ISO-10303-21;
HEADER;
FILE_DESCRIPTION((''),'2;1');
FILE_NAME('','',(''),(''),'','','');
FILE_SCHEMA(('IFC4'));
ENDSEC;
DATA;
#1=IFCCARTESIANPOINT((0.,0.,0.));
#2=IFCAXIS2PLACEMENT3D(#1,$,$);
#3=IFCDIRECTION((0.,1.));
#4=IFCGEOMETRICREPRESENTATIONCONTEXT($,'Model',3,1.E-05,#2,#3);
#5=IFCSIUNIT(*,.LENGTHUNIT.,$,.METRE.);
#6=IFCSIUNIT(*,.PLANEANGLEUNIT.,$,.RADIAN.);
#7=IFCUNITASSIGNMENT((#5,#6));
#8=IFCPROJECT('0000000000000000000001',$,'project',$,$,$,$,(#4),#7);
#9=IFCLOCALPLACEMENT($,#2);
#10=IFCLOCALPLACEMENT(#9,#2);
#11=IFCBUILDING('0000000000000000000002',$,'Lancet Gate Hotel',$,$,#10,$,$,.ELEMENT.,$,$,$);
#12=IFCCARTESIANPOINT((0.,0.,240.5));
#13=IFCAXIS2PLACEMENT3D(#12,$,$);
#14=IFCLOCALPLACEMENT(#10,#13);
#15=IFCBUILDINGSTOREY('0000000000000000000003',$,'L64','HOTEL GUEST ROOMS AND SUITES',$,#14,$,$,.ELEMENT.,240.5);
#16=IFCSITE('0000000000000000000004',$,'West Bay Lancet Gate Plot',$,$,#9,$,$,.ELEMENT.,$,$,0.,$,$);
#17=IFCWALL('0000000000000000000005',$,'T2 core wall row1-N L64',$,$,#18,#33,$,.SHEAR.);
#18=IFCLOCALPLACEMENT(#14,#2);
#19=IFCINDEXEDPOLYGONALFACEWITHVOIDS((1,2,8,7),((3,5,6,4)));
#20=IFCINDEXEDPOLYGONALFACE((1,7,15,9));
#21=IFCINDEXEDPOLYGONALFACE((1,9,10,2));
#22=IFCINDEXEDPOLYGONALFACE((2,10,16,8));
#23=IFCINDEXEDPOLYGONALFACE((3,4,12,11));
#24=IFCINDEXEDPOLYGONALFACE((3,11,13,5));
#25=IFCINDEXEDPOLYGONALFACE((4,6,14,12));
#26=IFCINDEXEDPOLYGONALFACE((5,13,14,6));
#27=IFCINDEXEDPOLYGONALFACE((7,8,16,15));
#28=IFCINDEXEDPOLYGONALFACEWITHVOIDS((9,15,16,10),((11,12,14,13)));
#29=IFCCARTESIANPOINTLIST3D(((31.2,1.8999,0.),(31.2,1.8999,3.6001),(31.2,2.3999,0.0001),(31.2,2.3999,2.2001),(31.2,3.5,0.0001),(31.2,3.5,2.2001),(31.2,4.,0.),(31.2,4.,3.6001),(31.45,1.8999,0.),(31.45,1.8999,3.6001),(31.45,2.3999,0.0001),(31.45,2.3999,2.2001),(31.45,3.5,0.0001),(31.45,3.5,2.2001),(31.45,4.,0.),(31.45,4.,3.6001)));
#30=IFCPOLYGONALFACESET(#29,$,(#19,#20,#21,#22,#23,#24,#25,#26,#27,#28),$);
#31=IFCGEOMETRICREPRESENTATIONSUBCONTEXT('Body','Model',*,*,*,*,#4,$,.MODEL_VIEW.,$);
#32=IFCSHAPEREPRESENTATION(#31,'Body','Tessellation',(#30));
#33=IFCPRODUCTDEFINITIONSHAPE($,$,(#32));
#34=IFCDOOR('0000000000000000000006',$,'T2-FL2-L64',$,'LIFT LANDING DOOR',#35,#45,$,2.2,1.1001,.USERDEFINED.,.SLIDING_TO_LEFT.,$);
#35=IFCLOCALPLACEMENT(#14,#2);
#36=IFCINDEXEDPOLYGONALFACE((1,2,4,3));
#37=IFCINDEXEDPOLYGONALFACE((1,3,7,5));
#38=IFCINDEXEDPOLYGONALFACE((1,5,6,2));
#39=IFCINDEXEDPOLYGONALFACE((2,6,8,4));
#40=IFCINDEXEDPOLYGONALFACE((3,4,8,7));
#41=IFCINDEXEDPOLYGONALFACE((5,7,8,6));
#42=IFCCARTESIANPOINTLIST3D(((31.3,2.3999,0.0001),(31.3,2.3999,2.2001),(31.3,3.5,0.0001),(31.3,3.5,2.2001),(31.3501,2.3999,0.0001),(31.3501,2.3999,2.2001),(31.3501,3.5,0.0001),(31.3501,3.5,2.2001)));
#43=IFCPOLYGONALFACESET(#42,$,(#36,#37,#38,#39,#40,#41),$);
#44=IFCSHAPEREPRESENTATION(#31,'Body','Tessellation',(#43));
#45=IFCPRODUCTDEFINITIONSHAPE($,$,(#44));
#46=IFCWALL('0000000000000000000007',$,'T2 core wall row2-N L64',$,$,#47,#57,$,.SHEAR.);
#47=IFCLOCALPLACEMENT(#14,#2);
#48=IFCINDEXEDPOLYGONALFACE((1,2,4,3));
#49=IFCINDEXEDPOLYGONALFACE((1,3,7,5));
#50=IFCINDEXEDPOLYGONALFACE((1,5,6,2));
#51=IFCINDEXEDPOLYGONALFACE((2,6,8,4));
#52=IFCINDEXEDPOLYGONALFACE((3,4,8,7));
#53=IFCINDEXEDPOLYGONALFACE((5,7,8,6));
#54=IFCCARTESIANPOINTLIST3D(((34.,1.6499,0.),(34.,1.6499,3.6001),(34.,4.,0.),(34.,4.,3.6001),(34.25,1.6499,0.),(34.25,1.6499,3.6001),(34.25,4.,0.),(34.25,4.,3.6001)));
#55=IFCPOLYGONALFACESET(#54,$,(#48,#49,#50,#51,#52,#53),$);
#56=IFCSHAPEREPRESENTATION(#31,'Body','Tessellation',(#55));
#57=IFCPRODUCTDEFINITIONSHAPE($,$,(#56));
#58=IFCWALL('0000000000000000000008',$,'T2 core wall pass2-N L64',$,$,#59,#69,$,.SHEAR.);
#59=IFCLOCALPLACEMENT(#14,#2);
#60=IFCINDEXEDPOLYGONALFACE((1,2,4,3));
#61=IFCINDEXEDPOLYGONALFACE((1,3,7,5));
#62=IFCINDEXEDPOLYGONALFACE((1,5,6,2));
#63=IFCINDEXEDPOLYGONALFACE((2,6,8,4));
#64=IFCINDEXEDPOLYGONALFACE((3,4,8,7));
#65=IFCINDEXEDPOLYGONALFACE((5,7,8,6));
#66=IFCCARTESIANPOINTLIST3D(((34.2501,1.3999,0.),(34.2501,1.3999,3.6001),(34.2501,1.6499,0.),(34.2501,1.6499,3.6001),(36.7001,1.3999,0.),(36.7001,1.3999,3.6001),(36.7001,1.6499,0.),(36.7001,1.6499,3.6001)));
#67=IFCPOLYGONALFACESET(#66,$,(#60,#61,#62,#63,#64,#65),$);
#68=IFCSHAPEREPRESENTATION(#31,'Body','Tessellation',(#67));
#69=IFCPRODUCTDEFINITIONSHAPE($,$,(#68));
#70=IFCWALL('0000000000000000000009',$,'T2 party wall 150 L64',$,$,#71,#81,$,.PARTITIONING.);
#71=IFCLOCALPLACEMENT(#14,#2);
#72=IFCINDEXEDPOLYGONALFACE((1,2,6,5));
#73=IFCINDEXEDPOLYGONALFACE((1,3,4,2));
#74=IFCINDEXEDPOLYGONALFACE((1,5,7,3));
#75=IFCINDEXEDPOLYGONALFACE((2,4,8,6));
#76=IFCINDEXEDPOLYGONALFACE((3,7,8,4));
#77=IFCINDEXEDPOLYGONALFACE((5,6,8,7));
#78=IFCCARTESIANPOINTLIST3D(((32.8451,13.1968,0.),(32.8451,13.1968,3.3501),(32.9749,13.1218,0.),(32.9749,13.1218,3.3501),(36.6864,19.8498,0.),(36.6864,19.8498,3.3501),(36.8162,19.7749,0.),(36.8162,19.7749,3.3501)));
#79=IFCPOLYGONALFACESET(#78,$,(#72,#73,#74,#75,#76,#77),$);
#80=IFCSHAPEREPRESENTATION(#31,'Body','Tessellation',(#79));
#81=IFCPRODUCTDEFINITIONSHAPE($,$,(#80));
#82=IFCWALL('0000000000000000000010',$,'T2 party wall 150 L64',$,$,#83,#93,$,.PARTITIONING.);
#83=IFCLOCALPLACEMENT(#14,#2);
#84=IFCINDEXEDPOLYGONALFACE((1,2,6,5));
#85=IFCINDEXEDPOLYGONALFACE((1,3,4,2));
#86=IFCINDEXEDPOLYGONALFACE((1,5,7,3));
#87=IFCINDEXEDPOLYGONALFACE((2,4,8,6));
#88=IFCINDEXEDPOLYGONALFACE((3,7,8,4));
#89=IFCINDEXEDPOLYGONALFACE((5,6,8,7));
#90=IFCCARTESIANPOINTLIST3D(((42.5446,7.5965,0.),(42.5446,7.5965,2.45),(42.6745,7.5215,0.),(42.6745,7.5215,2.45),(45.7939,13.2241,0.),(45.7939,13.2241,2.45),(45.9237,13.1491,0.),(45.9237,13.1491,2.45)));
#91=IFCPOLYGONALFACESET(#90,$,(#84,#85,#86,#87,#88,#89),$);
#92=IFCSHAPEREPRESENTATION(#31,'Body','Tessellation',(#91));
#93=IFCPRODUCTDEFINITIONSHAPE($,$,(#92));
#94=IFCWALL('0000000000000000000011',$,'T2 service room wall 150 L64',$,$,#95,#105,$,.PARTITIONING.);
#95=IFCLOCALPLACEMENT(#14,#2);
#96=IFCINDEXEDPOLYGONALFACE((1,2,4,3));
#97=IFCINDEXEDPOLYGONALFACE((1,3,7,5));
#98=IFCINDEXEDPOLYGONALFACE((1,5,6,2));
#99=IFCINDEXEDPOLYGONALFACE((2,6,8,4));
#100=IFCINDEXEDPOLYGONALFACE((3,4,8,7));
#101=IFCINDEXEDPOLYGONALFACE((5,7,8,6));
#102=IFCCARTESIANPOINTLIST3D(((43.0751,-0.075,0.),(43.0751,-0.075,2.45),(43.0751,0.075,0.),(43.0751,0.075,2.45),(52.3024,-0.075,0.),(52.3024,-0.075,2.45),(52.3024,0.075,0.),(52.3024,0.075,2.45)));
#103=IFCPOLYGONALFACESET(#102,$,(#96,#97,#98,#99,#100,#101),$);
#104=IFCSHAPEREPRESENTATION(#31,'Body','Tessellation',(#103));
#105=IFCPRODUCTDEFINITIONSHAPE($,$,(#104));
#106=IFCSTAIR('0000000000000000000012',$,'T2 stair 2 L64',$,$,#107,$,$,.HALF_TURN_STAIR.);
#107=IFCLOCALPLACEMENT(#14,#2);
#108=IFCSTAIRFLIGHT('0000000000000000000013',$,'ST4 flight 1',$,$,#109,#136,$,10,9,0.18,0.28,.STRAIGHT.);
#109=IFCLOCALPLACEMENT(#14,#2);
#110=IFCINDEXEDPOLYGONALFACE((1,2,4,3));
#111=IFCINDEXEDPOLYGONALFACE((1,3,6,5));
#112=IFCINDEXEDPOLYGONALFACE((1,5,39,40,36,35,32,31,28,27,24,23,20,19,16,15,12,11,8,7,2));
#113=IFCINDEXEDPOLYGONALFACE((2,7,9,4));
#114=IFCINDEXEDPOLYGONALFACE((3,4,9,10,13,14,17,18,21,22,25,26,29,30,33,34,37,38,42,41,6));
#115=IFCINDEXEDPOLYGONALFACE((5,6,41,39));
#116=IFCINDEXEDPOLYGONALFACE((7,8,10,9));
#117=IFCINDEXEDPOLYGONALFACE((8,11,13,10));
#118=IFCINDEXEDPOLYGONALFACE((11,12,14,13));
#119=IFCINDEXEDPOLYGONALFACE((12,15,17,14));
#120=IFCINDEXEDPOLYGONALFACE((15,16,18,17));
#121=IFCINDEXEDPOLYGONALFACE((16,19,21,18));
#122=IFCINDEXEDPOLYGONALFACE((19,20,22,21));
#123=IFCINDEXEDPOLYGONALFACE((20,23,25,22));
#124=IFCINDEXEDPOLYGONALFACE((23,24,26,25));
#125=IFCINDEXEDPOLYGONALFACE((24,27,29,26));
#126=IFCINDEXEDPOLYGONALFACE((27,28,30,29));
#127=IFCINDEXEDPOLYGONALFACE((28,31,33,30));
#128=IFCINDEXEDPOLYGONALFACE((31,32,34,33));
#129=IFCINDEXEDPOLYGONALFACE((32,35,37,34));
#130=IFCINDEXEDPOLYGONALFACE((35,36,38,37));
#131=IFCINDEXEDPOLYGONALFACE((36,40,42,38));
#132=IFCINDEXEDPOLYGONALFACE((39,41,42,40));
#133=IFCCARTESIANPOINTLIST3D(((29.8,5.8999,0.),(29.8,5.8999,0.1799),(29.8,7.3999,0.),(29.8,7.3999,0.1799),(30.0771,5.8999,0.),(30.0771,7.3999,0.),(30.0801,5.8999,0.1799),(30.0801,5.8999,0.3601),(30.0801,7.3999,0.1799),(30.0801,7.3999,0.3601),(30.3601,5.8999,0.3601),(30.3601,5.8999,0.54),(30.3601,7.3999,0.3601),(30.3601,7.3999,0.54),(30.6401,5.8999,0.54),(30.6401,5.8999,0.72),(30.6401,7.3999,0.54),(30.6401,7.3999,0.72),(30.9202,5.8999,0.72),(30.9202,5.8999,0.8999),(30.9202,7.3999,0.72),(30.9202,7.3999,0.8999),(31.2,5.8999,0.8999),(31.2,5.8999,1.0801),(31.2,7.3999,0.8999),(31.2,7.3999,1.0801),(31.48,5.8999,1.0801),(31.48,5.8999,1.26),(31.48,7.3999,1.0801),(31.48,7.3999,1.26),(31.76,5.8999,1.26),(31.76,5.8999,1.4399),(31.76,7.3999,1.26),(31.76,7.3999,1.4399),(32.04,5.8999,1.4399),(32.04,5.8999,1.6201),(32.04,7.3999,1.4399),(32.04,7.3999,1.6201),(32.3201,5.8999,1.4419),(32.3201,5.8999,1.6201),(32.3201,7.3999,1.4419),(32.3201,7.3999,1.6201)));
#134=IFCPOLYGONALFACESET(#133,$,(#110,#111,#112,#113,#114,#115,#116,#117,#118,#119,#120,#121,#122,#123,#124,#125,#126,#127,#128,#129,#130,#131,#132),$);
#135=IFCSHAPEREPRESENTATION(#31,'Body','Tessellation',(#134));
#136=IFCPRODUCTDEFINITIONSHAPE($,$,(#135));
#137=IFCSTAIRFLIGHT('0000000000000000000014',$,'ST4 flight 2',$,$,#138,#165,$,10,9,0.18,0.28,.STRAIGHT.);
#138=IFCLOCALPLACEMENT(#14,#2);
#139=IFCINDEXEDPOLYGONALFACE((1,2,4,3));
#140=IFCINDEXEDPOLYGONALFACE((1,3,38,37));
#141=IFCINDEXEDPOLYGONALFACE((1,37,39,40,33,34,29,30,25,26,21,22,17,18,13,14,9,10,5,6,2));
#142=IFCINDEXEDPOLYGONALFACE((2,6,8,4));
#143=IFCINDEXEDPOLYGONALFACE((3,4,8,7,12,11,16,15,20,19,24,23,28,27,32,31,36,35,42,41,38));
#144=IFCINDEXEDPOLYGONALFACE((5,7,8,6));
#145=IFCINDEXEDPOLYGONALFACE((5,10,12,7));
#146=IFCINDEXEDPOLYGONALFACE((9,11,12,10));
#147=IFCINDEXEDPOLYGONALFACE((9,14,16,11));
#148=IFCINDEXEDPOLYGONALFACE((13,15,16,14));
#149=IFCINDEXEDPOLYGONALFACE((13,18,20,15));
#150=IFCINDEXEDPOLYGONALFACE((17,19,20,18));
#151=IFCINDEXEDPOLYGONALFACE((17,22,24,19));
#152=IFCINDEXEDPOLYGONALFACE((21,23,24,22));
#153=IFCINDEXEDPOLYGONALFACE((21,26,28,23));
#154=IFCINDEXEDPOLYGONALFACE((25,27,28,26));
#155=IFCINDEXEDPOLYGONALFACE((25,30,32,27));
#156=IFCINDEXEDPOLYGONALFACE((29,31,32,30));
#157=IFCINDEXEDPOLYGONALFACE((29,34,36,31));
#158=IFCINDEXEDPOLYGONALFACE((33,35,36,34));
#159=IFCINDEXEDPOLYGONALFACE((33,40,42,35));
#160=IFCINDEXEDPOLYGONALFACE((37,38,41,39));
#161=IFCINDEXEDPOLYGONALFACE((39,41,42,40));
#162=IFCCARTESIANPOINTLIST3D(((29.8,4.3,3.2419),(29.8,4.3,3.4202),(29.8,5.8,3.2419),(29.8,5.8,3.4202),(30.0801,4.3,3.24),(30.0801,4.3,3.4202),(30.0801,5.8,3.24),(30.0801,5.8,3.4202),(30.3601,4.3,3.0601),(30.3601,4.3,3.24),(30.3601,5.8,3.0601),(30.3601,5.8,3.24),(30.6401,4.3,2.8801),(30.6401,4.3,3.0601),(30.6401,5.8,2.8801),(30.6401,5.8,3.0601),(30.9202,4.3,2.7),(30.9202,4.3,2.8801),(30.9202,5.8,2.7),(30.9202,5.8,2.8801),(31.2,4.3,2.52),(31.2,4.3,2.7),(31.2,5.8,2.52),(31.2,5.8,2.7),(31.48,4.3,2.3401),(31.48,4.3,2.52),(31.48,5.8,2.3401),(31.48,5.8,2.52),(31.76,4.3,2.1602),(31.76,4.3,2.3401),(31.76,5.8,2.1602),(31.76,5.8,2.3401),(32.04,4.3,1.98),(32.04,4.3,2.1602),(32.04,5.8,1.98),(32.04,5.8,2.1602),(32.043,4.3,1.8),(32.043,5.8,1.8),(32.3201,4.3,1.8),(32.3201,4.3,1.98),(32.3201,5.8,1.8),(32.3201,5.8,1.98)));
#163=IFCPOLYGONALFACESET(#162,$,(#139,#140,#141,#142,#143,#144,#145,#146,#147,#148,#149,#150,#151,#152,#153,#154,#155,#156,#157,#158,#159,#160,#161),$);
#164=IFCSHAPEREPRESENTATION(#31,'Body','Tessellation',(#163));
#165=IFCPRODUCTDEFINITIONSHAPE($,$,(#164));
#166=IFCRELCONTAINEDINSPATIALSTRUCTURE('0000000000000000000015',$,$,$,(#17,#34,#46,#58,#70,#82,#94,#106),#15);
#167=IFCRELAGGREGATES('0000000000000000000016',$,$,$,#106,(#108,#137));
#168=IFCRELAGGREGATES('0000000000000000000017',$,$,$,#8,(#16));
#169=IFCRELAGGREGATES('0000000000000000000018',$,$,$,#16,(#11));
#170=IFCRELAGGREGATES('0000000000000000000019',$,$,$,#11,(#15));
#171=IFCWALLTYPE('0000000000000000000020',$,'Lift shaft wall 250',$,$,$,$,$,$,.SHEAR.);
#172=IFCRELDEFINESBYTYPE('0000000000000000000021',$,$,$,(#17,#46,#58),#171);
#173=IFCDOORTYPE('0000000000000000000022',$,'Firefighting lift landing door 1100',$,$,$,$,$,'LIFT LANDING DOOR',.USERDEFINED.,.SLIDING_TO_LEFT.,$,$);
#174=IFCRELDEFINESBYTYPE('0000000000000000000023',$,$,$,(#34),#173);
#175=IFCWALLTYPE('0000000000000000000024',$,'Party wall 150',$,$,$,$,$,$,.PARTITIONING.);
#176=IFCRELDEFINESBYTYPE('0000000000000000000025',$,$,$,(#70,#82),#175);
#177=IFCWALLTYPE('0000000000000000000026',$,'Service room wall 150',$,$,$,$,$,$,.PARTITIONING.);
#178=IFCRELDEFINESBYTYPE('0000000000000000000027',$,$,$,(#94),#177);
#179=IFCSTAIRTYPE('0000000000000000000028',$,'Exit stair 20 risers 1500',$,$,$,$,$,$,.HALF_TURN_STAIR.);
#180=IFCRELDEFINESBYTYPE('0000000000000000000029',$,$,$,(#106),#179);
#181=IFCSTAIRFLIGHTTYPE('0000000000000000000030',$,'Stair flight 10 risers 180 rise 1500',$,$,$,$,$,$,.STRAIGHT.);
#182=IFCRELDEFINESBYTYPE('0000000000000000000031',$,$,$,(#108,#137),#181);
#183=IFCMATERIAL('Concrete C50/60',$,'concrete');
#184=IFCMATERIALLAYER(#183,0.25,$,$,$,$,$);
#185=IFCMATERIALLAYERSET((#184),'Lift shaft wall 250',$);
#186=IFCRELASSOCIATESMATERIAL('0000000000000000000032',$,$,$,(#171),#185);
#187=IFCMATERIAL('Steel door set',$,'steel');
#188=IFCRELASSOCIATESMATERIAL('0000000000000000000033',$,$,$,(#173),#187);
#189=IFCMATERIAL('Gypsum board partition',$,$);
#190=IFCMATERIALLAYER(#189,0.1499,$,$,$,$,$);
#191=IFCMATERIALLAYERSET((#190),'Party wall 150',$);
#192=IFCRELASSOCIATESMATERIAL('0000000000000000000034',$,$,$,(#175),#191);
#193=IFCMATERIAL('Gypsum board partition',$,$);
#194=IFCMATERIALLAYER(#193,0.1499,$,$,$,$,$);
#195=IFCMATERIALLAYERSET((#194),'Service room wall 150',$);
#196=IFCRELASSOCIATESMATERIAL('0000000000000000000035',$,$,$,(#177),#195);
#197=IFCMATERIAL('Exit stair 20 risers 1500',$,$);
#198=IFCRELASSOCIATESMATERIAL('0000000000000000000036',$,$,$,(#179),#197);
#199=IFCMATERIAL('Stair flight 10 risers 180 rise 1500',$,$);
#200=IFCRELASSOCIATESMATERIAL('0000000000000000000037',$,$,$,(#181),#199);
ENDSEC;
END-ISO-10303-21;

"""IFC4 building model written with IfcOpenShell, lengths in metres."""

from ifc_helpers import new_model, si_unit, direction, frame, frame_2d, origin, place, context, subcontext, project, spatial, polyline, rectangle, outline, extrude, material, layer, layer_set, type_object, element, fill, aggregate, save


model = new_model("IFC4")

# Units and contexts
model_context = context("Model", 3, precision=1e-05, world=origin(), true_north=direction((0.0, 1.0)))
body_context = subcontext(model_context, "Body", "Model", "MODEL_VIEW")
ifc_project = project(units=[si_unit("LENGTHUNIT", "METRE"), si_unit("PLANEANGLEUNIT", "RADIAN")], contexts=[model_context])

# Site, building, storey
site_placement = place(None, origin())
site = spatial("IfcSite", under=ifc_project, at=site_placement, Name="West Bay Lancet Gate Plot", CompositionType="ELEMENT", RefElevation=0.0)
building_placement = place(site_placement, origin())
building = spatial("IfcBuilding", under=site, at=building_placement, Name="Lancet Gate Hotel", CompositionType="ELEMENT")
storey_placement = place(building_placement, frame((0.0, 0.0, 240.5)))
storey = spatial("IfcBuildingStorey", under=building, at=storey_placement, Name="L64", Description="HOTEL GUEST ROOMS AND SUITES", CompositionType="ELEMENT", Elevation=240.5)

# Shared definitions
ifc_material_1 = material(Name="Concrete C50/60", Category="concrete")
ifc_layer_1 = layer(ifc_material_1, 0.25)
ifc_layer_set_1 = layer_set([ifc_layer_1], Name="Lift shaft wall 250")
wall_type_1 = type_object("IfcWallType", Name="Lift shaft wall 250", PredefinedType="SHEAR", material=ifc_layer_set_1)

# Wall, opening, door
wall_1_placement = place(storey_placement, frame((31.325, 1.8999, 0.0), z_axis=(0.0, 0.0, 1.0), x_axis=(0.0, 1.0, 0.0)))
wall_1 = element("IfcWall", 1, at=wall_1_placement, inside=storey, type_object=wall_type_1, Name="T2 core wall row1-N L64", PredefinedType="SHEAR", context=body_context, shape_type="SweptSolid", body=[
    extrude(rectangle(XDim=2.1001, YDim=0.25, at=frame_2d((1.05, 0.0))), origin(), (0.0, 0.0, 1.0), 3.6001),
])
opening_1_placement = place(wall_1_placement, frame((0.5, 0.0, 0.0)))
opening_1 = element("IfcOpeningElement", 2, at=opening_1_placement, cuts=wall_1, PredefinedType="OPENING", context=body_context, shape_type="SweptSolid", body=[
    extrude(rectangle(XDim=1.1001, YDim=2.2, at=frame_2d((0.55, 1.1001))), frame((0.0, 0.135, 0.0), z_axis=(0.0, -1.0, 0.0), x_axis=(1.0, 0.0, 0.0)), (0.0, 0.0, 1.0), 0.27),
])
ifc_material_2 = material(Name="Steel door set", Category="steel")
door_type_1 = type_object("IfcDoorType", Name="Firefighting lift landing door 1100", ElementType="LIFT LANDING DOOR", OperationType="SLIDING_TO_LEFT", PredefinedType="USERDEFINED", material=ifc_material_2)
door_1_placement = place(opening_1_placement, origin())
door_1 = element("IfcDoor", 3, at=door_1_placement, inside=storey, type_object=door_type_1, Name="T2-FL2-L64", ObjectType="LIFT LANDING DOOR", OperationType="SLIDING_TO_LEFT", OverallHeight=2.2, OverallWidth=1.1001, PredefinedType="USERDEFINED", context=body_context, shape_type="SweptSolid", body=[
    extrude(rectangle(XDim=1.1001, YDim=2.2, at=frame_2d((0.55, 1.1001))), frame((0.0, 0.0249, 0.0), z_axis=(0.0, -1.0, 0.0), x_axis=(1.0, 0.0, 0.0)), (0.0, 0.0, 1.0), 0.05),
])
fill(opening_1, door_1)

# Walls
wall_2_placement = place(storey_placement, frame((34.125, 1.6499, 0.0), z_axis=(0.0, 0.0, 1.0), x_axis=(0.0, 1.0, 0.0)))
element("IfcWall", 4, at=wall_2_placement, inside=storey, type_object=wall_type_1, Name="T2 core wall row2-N L64", PredefinedType="SHEAR", context=body_context, shape_type="SweptSolid", body=[
    extrude(rectangle(XDim=2.3501, YDim=0.25, at=frame_2d((1.175, 0.0))), origin(), (0.0, 0.0, 1.0), 3.6001),
])
wall_3_placement = place(storey_placement, frame((34.25, 1.5249, 0.0), z_axis=(0.0, 0.0, 1.0), x_axis=(1.0, 0.0, 0.0)))
element("IfcWall", 5, at=wall_3_placement, inside=storey, type_object=wall_type_1, Name="T2 core wall pass2-N L64", PredefinedType="SHEAR", context=body_context, shape_type="SweptSolid", body=[
    extrude(rectangle(XDim=2.45, YDim=0.25, at=frame_2d((1.2251, 0.0))), origin(), (0.0, 0.0, 1.0), 3.6001),
])
ifc_material_3 = material(Name="Gypsum board partition")
ifc_layer_2 = layer(ifc_material_3, 0.1499)
ifc_layer_set_2 = layer_set([ifc_layer_2], Name="Party wall 150")
wall_type_2 = type_object("IfcWallType", Name="Party wall 150", PredefinedType="PARTITIONING", material=ifc_layer_set_2)
wall_4_placement = place(storey_placement, frame((32.9099, 13.1592, 0.0), z_axis=(0.0, 0.0, 1.0), x_axis=(0.500015, 0.866017, 0.0)))
element("IfcWall", 6, at=wall_4_placement, inside=storey, type_object=wall_type_2, Name="T2 party wall 150 L64", PredefinedType="PARTITIONING", context=body_context, shape_type="SweptSolid", body=[
    extrude(rectangle(XDim=7.6824, YDim=0.1499, at=frame_2d((3.8413, 0.0))), origin(), (0.0, 0.0, 1.0), 3.3501),
])
wall_5_placement = place(storey_placement, frame((42.6096, 7.5591, 0.0), z_axis=(0.0, 0.0, 1.0), x_axis=(0.500014, 0.866017, 0.0)))
element("IfcWall", 7, at=wall_5_placement, inside=storey, type_object=wall_type_2, Name="T2 party wall 150 L64", PredefinedType="PARTITIONING", context=body_context, shape_type="SweptSolid", body=[
    extrude(rectangle(XDim=6.4983, YDim=0.1499, at=frame_2d((3.249, 0.0))), origin(), (0.0, 0.0, 1.0), 2.45),
])
ifc_material_4 = material(Name="Gypsum board partition")
ifc_layer_3 = layer(ifc_material_4, 0.1499)
ifc_layer_set_3 = layer_set([ifc_layer_3], Name="Service room wall 150")
wall_type_3 = type_object("IfcWallType", Name="Service room wall 150", PredefinedType="PARTITIONING", material=ifc_layer_set_3)
wall_6_placement = place(storey_placement, frame((43.075, 0.0, 0.0), z_axis=(0.0, 0.0, 1.0), x_axis=(1.0, 0.0, 0.0)))
element("IfcWall", 8, at=wall_6_placement, inside=storey, type_object=wall_type_3, Name="T2 service room wall 150 L64", PredefinedType="PARTITIONING", context=body_context, shape_type="SweptSolid", body=[
    extrude(rectangle(XDim=9.2273, YDim=0.1499, at=frame_2d((4.6138, 0.0))), origin(), (0.0, 0.0, 1.0), 2.45),
])

# Stair, stair flights
ifc_material_5 = material(Name="Exit stair 20 risers 1500")
stair_type = type_object("IfcStairType", Name="Exit stair 20 risers 1500", PredefinedType="HALF_TURN_STAIR", material=ifc_material_5)
stair_placement = place(storey_placement, origin())
stair = element("IfcStair", 9, at=stair_placement, inside=storey, type_object=stair_type, Name="T2 stair 2 L64", PredefinedType="HALF_TURN_STAIR")
ifc_material_6 = material(Name="Stair flight 10 risers 180 rise 1500")
stair_flight_type = type_object("IfcStairFlightType", Name="Stair flight 10 risers 180 rise 1500", PredefinedType="STRAIGHT", material=ifc_material_6)
stair_flight_1_placement = place(storey_placement, frame((29.8, 6.6499, 0.0), z_axis=(0.0, 0.0, 1.0), x_axis=(1.0, 0.0, 0.0)))
stair_flight_1 = element("IfcStairFlight", 10, at=stair_flight_1_placement, type_object=stair_flight_type, Name="ST4 flight 1", NumberOfRisers=10, NumberOfTreads=9, PredefinedType="STRAIGHT", RiserHeight=0.18, TreadLength=0.28, context=body_context, shape_type="SweptSolid", body=[
    extrude(outline(polyline([(0.0, 0.0), (0.0, 0.1799), (0.28, 0.1799), (0.28, 0.3601), (0.5601, 0.3601), (0.5601, 0.54), (0.8401, 0.54), (0.8401, 0.72), (1.1201, 0.72), (1.1201, 0.8999), (1.3999, 0.8999), (1.3999, 1.0801), (1.6799, 1.0801), (1.6799, 1.26), (1.96, 1.26), (1.96, 1.4399), (2.24, 1.4399), (2.24, 1.6201), (2.52, 1.6201), (2.52, 1.8), (2.52, 1.4419), (0.2771, 0.0), (0.0, 0.0)])), frame((0.0, 0.75, 0.0), z_axis=(0.0, -1.0, 0.0), x_axis=(1.0, 0.0, 0.0)), (0.0, 0.0, 1.0), 1.5),
])
stair_flight_2_placement = place(storey_placement, frame((32.3201, 5.05, 1.8), z_axis=(0.0, 0.0, 1.0), x_axis=(-1.0, 0.0, 0.0)))
stair_flight_2 = element("IfcStairFlight", 11, at=stair_flight_2_placement, type_object=stair_flight_type, Name="ST4 flight 2", NumberOfRisers=10, NumberOfTreads=9, PredefinedType="STRAIGHT", RiserHeight=0.18, TreadLength=0.28, context=body_context, shape_type="SweptSolid", body=[
    extrude(outline(polyline([(0.0, 0.0), (0.0, 0.1799), (0.28, 0.1799), (0.28, 0.3601), (0.5601, 0.3601), (0.5601, 0.54), (0.8401, 0.54), (0.8401, 0.72), (1.1201, 0.72), (1.1201, 0.8999), (1.3999, 0.8999), (1.3999, 1.0801), (1.6799, 1.0801), (1.6799, 1.26), (1.96, 1.26), (1.96, 1.4399), (2.24, 1.4399), (2.24, 1.6201), (2.52, 1.6201), (2.52, 1.8), (2.52, 1.4419), (0.2771, 0.0), (0.0, 0.0)])), frame((0.0, 0.75, 0.0), z_axis=(0.0, -1.0, 0.0), x_axis=(1.0, 0.0, 0.0)), (0.0, 0.0, 1.0), 1.5),
])
aggregate(stair, [stair_flight_1, stair_flight_2])

save(model, "model.ifc")
